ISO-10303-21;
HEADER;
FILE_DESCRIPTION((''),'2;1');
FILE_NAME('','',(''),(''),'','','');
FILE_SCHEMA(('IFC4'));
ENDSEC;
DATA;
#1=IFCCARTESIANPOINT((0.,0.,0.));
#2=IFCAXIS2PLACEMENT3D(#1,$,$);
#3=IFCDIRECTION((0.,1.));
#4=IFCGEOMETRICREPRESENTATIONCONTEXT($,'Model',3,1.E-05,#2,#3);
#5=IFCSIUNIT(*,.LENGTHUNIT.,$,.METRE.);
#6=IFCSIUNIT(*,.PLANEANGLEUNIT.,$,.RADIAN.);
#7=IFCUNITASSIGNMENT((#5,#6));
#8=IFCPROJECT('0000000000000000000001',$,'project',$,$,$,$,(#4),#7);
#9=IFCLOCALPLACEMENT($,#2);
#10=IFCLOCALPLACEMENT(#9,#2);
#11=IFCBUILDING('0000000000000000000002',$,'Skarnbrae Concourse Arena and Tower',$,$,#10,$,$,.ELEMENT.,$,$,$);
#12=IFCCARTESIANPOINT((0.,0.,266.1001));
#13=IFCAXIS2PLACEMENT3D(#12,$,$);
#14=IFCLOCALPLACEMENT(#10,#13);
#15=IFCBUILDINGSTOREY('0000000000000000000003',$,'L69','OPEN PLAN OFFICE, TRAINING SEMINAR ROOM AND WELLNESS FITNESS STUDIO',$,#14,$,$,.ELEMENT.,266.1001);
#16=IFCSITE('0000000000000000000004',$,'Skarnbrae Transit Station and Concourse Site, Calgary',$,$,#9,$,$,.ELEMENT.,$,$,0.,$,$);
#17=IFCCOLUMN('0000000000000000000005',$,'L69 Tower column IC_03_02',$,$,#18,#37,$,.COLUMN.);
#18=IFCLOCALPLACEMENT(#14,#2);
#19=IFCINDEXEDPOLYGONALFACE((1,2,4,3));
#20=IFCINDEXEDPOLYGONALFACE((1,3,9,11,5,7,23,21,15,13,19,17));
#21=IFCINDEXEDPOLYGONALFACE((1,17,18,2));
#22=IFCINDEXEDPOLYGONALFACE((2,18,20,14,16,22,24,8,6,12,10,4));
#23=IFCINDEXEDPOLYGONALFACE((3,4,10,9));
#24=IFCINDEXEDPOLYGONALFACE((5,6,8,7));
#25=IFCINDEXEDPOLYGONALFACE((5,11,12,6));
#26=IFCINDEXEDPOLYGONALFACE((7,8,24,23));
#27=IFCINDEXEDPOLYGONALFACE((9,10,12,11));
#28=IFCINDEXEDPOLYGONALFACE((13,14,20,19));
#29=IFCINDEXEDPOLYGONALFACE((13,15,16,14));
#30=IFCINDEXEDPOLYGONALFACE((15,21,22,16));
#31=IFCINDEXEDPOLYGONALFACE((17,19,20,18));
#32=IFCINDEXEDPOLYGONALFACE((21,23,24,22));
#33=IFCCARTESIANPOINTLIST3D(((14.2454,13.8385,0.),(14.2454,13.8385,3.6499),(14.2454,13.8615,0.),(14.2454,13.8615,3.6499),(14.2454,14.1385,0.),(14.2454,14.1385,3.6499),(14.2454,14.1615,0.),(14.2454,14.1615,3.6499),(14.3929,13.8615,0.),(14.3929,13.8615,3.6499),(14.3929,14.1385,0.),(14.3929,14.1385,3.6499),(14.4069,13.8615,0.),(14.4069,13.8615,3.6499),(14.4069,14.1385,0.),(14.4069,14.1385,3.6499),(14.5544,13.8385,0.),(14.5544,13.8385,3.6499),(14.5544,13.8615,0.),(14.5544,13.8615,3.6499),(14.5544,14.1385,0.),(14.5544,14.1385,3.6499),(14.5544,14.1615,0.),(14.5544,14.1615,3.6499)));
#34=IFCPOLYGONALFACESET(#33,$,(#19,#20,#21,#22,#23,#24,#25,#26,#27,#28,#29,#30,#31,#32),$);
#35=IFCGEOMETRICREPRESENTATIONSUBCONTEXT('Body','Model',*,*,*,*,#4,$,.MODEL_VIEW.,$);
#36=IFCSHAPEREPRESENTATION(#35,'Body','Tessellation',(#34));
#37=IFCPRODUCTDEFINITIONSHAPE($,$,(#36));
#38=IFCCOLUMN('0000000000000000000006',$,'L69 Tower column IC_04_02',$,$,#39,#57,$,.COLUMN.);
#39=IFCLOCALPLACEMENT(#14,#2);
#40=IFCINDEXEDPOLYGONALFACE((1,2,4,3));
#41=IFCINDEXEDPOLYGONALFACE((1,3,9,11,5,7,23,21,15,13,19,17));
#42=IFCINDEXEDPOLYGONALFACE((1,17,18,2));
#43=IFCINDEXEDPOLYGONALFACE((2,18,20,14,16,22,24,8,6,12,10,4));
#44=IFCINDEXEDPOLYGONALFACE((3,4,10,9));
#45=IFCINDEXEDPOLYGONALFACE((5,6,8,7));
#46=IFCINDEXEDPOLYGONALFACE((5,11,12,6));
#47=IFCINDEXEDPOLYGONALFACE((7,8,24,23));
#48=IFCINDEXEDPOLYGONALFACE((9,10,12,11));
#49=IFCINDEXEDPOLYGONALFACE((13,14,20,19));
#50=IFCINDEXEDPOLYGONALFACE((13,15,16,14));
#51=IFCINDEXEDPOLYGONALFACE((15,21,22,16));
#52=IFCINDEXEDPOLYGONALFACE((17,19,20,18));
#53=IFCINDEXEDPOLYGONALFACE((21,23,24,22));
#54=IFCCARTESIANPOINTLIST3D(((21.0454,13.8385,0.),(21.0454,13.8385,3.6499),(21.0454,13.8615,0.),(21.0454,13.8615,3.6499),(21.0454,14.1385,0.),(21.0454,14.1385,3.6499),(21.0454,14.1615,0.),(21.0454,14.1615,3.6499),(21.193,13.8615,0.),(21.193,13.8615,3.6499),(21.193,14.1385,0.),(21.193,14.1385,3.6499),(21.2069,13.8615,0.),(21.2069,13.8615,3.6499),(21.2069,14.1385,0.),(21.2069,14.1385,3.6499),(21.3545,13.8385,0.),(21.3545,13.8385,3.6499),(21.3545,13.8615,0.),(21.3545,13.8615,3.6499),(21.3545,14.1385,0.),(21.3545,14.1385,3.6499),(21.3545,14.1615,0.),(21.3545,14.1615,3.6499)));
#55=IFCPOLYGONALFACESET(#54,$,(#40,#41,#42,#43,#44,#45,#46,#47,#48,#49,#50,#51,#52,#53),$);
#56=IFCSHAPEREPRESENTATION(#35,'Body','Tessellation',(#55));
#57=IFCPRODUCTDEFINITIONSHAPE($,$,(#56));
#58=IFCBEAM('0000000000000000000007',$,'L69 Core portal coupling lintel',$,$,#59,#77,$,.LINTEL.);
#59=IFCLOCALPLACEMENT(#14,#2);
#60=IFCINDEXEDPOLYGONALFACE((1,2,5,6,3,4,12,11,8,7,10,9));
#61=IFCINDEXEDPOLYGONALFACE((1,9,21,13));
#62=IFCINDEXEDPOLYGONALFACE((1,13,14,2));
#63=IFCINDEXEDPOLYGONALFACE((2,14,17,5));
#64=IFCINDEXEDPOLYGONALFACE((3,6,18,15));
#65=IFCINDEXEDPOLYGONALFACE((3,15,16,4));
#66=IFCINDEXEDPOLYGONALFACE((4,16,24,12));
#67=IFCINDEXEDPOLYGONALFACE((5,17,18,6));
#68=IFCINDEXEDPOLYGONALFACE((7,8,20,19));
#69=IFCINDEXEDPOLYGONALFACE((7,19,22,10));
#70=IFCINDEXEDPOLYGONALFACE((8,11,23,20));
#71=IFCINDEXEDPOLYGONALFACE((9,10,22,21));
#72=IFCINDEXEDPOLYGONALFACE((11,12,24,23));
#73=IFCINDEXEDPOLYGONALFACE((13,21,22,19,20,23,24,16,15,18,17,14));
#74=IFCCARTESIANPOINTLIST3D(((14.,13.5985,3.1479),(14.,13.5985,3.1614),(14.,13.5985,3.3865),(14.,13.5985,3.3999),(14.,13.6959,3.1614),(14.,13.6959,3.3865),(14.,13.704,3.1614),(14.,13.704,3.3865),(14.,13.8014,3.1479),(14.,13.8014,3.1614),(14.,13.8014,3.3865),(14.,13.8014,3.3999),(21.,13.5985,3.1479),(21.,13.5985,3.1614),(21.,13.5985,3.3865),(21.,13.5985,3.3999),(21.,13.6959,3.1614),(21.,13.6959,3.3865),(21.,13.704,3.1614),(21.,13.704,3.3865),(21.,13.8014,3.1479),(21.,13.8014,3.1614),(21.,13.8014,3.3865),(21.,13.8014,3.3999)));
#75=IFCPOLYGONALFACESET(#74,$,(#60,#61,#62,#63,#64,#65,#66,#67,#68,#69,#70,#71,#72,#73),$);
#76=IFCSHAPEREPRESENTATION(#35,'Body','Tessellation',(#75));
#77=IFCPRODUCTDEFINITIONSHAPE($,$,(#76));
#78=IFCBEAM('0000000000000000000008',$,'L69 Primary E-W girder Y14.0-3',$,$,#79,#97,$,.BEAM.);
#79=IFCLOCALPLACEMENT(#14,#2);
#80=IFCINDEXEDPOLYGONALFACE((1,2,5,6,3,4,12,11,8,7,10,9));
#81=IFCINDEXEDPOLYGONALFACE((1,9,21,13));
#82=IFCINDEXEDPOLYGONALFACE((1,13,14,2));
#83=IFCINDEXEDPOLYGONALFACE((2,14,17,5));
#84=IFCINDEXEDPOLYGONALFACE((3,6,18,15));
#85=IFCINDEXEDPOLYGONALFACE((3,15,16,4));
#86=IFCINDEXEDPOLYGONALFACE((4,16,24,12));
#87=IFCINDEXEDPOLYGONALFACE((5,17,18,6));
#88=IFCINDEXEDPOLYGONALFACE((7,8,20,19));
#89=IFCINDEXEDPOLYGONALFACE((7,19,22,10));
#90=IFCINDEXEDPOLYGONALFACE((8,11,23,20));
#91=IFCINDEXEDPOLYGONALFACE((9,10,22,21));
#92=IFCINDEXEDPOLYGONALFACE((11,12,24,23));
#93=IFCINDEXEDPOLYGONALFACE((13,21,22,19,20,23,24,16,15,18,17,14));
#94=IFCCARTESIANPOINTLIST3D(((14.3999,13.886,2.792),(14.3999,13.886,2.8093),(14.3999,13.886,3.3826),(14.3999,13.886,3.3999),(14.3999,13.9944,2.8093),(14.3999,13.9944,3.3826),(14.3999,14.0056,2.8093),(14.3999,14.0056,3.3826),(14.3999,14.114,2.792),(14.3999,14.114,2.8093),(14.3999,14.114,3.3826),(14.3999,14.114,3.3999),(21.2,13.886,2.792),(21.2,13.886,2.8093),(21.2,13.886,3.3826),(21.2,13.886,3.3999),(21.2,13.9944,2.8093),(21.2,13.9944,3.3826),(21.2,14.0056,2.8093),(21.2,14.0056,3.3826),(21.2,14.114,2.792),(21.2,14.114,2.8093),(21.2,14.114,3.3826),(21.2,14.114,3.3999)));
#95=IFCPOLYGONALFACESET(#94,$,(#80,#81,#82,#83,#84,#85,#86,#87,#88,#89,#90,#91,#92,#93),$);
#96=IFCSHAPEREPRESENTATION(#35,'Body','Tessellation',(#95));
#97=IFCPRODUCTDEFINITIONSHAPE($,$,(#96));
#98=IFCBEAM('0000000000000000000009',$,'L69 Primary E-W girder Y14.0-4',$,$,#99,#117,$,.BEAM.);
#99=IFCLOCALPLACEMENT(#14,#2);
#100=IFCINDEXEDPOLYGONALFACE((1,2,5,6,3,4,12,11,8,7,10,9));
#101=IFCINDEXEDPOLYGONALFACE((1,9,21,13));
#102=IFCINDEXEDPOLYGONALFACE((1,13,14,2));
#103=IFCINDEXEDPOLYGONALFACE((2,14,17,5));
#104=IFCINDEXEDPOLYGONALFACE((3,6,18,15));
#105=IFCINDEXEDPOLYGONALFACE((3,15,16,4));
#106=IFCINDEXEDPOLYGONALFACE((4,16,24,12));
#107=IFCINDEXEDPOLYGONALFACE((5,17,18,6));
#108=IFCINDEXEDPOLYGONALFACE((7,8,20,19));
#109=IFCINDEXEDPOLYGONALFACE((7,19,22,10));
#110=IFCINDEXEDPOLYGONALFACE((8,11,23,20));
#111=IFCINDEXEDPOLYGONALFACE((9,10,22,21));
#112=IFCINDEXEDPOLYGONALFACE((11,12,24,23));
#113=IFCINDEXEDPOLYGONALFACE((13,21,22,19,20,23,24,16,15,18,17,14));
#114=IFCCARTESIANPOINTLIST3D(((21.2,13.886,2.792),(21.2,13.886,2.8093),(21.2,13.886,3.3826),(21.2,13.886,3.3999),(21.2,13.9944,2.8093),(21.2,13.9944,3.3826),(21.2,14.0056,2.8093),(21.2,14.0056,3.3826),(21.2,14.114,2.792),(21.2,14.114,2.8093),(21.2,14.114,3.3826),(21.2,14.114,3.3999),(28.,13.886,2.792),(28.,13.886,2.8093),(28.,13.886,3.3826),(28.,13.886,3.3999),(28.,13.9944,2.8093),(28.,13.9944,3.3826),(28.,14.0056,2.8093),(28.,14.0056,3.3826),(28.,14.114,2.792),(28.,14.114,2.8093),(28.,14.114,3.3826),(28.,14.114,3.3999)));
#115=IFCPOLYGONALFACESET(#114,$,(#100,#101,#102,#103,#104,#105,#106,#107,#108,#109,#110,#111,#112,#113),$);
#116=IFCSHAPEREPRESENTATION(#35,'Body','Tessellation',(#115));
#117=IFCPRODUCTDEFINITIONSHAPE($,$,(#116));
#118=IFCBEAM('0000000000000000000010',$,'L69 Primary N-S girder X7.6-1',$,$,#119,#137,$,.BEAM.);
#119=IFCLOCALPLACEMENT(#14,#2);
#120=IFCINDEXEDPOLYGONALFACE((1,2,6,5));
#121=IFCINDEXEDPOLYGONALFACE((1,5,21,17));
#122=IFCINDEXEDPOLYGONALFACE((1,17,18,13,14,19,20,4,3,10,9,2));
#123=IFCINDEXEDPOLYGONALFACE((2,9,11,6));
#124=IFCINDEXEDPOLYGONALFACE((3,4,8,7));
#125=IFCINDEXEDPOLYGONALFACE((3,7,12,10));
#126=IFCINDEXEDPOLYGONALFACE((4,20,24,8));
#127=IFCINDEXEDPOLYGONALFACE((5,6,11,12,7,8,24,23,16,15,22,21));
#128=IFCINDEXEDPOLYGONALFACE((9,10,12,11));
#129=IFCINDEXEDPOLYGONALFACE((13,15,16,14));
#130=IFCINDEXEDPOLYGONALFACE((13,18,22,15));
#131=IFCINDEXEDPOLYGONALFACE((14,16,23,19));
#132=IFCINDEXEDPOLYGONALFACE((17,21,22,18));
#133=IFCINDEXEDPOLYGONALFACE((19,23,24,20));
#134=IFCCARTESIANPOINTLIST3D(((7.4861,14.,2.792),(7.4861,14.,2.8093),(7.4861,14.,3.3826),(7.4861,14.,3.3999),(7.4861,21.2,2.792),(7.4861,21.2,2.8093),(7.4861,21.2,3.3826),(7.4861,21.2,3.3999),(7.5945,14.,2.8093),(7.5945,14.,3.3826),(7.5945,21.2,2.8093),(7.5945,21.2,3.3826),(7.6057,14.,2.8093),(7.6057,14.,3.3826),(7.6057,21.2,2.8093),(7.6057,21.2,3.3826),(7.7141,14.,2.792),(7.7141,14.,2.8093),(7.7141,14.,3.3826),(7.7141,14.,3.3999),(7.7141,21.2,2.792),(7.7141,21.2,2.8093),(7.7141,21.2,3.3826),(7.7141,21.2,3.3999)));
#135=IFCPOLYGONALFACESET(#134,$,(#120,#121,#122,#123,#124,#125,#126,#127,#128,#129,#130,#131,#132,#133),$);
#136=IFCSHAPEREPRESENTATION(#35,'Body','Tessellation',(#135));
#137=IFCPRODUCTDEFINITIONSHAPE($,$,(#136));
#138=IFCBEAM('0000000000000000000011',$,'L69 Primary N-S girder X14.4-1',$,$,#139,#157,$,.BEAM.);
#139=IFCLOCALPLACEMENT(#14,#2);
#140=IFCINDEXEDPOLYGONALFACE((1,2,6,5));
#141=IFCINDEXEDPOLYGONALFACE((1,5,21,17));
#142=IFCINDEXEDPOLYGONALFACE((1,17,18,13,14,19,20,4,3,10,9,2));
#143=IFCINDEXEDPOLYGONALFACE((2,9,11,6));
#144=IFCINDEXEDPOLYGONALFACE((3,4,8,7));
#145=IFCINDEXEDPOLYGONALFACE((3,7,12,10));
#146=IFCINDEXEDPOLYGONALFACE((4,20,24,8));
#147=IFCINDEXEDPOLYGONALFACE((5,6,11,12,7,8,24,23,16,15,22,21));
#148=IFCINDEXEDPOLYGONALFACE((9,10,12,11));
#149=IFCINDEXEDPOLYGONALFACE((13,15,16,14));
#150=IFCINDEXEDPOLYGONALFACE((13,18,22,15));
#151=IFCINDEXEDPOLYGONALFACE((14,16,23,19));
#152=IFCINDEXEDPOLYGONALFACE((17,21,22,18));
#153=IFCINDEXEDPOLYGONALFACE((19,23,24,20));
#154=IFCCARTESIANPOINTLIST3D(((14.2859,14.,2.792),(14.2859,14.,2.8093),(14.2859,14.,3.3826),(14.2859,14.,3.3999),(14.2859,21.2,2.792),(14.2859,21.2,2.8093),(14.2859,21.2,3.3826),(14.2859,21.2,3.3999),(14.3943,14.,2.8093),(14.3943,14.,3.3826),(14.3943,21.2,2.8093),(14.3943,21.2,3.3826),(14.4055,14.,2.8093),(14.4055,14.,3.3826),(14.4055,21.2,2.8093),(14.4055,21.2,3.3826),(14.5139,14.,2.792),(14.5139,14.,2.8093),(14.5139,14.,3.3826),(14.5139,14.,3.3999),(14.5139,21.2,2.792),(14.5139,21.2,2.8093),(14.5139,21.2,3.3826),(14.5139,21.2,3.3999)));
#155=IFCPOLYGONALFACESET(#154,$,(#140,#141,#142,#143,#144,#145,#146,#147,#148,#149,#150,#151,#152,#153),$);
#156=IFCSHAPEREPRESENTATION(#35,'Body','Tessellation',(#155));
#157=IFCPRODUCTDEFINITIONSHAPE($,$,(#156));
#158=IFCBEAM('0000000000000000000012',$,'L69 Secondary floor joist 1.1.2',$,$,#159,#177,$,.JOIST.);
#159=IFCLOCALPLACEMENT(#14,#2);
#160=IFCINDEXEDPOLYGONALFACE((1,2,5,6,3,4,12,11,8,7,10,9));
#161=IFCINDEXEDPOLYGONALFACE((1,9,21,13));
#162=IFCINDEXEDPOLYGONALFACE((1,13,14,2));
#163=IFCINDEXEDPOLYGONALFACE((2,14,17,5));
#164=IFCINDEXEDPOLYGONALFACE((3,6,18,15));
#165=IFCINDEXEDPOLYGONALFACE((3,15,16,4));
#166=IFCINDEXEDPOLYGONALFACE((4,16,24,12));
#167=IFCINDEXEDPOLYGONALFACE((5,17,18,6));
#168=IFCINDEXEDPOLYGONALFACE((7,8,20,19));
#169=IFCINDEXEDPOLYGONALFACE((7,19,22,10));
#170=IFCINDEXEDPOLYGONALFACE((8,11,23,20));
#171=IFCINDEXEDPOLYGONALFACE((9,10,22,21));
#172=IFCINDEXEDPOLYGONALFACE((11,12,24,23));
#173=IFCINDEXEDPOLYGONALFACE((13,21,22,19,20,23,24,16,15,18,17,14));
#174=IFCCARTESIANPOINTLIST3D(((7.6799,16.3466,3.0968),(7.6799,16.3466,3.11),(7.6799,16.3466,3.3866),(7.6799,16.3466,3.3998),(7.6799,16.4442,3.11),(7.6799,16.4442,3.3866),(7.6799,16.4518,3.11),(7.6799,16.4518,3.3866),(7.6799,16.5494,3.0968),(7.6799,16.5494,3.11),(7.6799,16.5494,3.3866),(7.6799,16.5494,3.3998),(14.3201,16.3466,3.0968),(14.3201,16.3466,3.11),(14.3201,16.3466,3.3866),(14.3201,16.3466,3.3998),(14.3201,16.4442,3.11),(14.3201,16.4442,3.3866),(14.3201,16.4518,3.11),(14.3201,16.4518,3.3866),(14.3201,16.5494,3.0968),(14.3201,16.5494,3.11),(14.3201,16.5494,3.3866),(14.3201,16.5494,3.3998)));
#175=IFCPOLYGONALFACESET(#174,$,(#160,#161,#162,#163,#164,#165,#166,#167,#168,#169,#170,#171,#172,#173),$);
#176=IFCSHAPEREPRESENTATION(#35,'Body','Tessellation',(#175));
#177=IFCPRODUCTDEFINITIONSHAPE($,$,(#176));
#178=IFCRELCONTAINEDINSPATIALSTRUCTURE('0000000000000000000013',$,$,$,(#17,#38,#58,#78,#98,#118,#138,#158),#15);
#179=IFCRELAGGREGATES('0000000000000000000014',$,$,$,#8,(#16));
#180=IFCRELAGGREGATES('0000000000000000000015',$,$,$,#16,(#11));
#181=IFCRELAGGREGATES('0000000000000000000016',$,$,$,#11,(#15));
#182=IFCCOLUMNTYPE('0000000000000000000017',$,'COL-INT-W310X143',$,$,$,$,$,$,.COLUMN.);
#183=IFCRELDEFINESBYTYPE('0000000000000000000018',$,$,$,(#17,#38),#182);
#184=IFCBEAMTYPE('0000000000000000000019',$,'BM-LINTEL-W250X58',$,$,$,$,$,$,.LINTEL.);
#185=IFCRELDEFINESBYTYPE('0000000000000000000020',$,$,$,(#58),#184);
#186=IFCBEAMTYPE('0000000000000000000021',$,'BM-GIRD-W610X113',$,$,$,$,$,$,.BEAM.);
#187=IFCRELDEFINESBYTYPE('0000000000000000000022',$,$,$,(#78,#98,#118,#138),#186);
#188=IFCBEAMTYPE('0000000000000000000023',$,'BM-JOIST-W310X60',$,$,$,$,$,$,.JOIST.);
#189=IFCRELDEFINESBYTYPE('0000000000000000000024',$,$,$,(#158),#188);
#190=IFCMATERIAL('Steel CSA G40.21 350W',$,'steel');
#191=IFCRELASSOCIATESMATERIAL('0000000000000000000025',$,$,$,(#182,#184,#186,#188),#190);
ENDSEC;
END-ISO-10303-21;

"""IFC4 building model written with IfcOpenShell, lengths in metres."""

from ifc_helpers import new_model, si_unit, direction, frame, origin, origin_2d, place, context, subcontext, project, spatial, i_section, extrude, source, transform, mapped, material, material_profile, profile_set, type_object, element, save


model = new_model("IFC4")

# Units and contexts
model_context = context("Model", 3, precision=1e-05, world=origin(), true_north=direction((0.0, 1.0)))
body_context = subcontext(model_context, "Body", "Model", "MODEL_VIEW")
ifc_project = project(units=[si_unit("LENGTHUNIT", "METRE"), si_unit("PLANEANGLEUNIT", "RADIAN")], contexts=[model_context])

# Site, building, storey
site_placement = place(None, origin())
site = spatial("IfcSite", under=ifc_project, at=site_placement, Name="Skarnbrae Transit Station and Concourse Site, Calgary", CompositionType="ELEMENT", RefElevation=0.0)
building_placement = place(site_placement, origin())
building = spatial("IfcBuilding", under=site, at=building_placement, Name="Skarnbrae Concourse Arena and Tower", CompositionType="ELEMENT")
storey_placement = place(building_placement, frame((0.0, 0.0, 266.1001)))
storey = spatial("IfcBuildingStorey", under=building, at=storey_placement, Name="L69", Description="OPEN PLAN OFFICE, TRAINING SEMINAR ROOM AND WELLNESS FITNESS STUDIO", CompositionType="ELEMENT", Elevation=266.1001)

# Columns
ifc_material_1 = material(Name="Steel CSA G40.21 350W", Category="steel")
ifc_material_profile_1 = material_profile(ifc_material_1, i_section(OverallWidth=0.3091, OverallDepth=0.323, WebThickness=0.0139, FlangeThickness=0.0229, at=origin_2d()), Name="W310X143")
ifc_profile_set_1 = profile_set([ifc_material_profile_1], Name="Steel CSA G40.21 350W")
column_type = type_object("IfcColumnType", Name="COL-INT-W310X143", PredefinedType="COLUMN", material=ifc_profile_set_1)
shared_shape_1 = source(origin(), body_context, "Body", "SweptSolid", [
    extrude(i_section(OverallWidth=0.3091, OverallDepth=0.323, WebThickness=0.0139, FlangeThickness=0.0229, at=origin_2d()), origin(), (0.0, 0.0, 1.0), 3.6499),
])
for number, where, z_axis, x_axis, name in (
    (1, (14.3999, 14.0, 0.0), (0.0, 0.0, 1.0), (1.0, 0.0, 0.0), "L69 Tower column IC_03_02"),
    (2, (21.2, 14.0, 0.0), (0.0, 0.0, 1.0), (1.0, 0.0, 0.0), "L69 Tower column IC_04_02"),
):
    element("IfcColumn", number, at=place(storey_placement, frame(where, z_axis=z_axis, x_axis=x_axis)), inside=storey, type_object=column_type, Name=name, PredefinedType="COLUMN", context=body_context, shape_type="MappedRepresentation", body=[
        mapped(shared_shape_1, transform((0.0, 0.0, 0.0))),
    ])

# Beams
ifc_material_profile_2 = material_profile(ifc_material_1, i_section(OverallWidth=0.2029, OverallDepth=0.252, WebThickness=0.0081, FlangeThickness=0.0134, at=origin_2d()), Name="W250X58")
ifc_profile_set_2 = profile_set([ifc_material_profile_2], Name="Steel CSA G40.21 350W")
beam_type_1 = type_object("IfcBeamType", Name="BM-LINTEL-W250X58", PredefinedType="LINTEL", material=ifc_profile_set_2)
shared_shape_2 = source(origin(), body_context, "Body", "SweptSolid", [
    extrude(i_section(OverallWidth=0.2029, OverallDepth=0.252, WebThickness=0.0081, FlangeThickness=0.0134, at=origin_2d()), origin(), (0.0, 0.0, 1.0), 7.0),
])
beam_placement = place(storey_placement, frame((14.0, 13.7, 3.2739), z_axis=(1.0, 0.0, 0.0), x_axis=(0.0, 1.0, 0.0)))
element("IfcBeam", 3, at=beam_placement, inside=storey, type_object=beam_type_1, Name="L69 Core portal coupling lintel", PredefinedType="LINTEL", context=body_context, shape_type="MappedRepresentation", body=[
    mapped(shared_shape_2, transform((0.0, 0.0, 0.0))),
])
ifc_material_profile_3 = material_profile(ifc_material_1, i_section(OverallWidth=0.228, OverallDepth=0.6079, WebThickness=0.0112, FlangeThickness=0.0173, at=origin_2d()), Name="W610X113")
ifc_profile_set_3 = profile_set([ifc_material_profile_3], Name="Steel CSA G40.21 350W")
beam_type_2 = type_object("IfcBeamType", Name="BM-GIRD-W610X113", PredefinedType="BEAM", material=ifc_profile_set_3)
shared_shape_3 = source(origin(), body_context, "Body", "SweptSolid", [
    extrude(i_section(OverallWidth=0.228, OverallDepth=0.6079, WebThickness=0.0112, FlangeThickness=0.0173, at=origin_2d()), origin(), (0.0, 0.0, 1.0), 6.8),
])
for number, where, z_axis, x_axis, name in (
    (4, (14.3999, 14.0, 3.0959), (1.0, 0.0, 0.0), (0.0, 1.0, 0.0), "L69 Primary E-W girder Y14.0-3"),
    (5, (21.2, 14.0, 3.0959), (1.0, 0.0, 0.0), (0.0, 1.0, 0.0), "L69 Primary E-W girder Y14.0-4"),
):
    element("IfcBeam", number, at=place(storey_placement, frame(where, z_axis=z_axis, x_axis=x_axis)), inside=storey, type_object=beam_type_2, Name=name, PredefinedType="BEAM", context=body_context, shape_type="MappedRepresentation", body=[
        mapped(shared_shape_3, transform((0.0, 0.0, 0.0))),
    ])
shared_shape_4 = source(origin(), body_context, "Body", "SweptSolid", [
    extrude(i_section(OverallWidth=0.228, OverallDepth=0.6079, WebThickness=0.0112, FlangeThickness=0.0173, at=origin_2d()), origin(), (0.0, 0.0, 1.0), 7.2),
])
for number, where, z_axis, x_axis, name in (
    (6, (7.6001, 14.0, 3.0959), (0.0, 1.0, 0.0), (-1.0, 0.0, 0.0), "L69 Primary N-S girder X7.6-1"),
    (7, (14.3999, 14.0, 3.0959), (0.0, 1.0, 0.0), (-1.0, 0.0, 0.0), "L69 Primary N-S girder X14.4-1"),
):
    element("IfcBeam", number, at=place(storey_placement, frame(where, z_axis=z_axis, x_axis=x_axis)), inside=storey, type_object=beam_type_2, Name=name, PredefinedType="BEAM", context=body_context, shape_type="MappedRepresentation", body=[
        mapped(shared_shape_4, transform((0.0, 0.0, 0.0))),
    ])
ifc_material_profile_4 = material_profile(ifc_material_1, i_section(OverallWidth=0.2029, OverallDepth=0.303, WebThickness=0.0076, FlangeThickness=0.0132, at=origin_2d()), Name="W310X60")
ifc_profile_set_4 = profile_set([ifc_material_profile_4], Name="Steel CSA G40.21 350W")
beam_type_3 = type_object("IfcBeamType", Name="BM-JOIST-W310X60", PredefinedType="JOIST", material=ifc_profile_set_4)
shared_shape_5 = source(origin(), body_context, "Body", "SweptSolid", [
    extrude(i_section(OverallWidth=0.2029, OverallDepth=0.303, WebThickness=0.0076, FlangeThickness=0.0132, at=origin_2d()), origin(), (0.0, 0.0, 1.0), 6.6401),
])
for number, where, z_axis, x_axis, name in (
    (8, (7.6799, 16.448, 3.2483), (1.0, 0.0, 0.0), (0.0, 1.0, 0.0), "L69 Secondary floor joist 1.1.2"),
):
    element("IfcBeam", number, at=place(storey_placement, frame(where, z_axis=z_axis, x_axis=x_axis)), inside=storey, type_object=beam_type_3, Name=name, PredefinedType="JOIST", context=body_context, shape_type="MappedRepresentation", body=[
        mapped(shared_shape_5, transform((0.0, 0.0, 0.0))),
    ])

save(model, "model.ifc")
